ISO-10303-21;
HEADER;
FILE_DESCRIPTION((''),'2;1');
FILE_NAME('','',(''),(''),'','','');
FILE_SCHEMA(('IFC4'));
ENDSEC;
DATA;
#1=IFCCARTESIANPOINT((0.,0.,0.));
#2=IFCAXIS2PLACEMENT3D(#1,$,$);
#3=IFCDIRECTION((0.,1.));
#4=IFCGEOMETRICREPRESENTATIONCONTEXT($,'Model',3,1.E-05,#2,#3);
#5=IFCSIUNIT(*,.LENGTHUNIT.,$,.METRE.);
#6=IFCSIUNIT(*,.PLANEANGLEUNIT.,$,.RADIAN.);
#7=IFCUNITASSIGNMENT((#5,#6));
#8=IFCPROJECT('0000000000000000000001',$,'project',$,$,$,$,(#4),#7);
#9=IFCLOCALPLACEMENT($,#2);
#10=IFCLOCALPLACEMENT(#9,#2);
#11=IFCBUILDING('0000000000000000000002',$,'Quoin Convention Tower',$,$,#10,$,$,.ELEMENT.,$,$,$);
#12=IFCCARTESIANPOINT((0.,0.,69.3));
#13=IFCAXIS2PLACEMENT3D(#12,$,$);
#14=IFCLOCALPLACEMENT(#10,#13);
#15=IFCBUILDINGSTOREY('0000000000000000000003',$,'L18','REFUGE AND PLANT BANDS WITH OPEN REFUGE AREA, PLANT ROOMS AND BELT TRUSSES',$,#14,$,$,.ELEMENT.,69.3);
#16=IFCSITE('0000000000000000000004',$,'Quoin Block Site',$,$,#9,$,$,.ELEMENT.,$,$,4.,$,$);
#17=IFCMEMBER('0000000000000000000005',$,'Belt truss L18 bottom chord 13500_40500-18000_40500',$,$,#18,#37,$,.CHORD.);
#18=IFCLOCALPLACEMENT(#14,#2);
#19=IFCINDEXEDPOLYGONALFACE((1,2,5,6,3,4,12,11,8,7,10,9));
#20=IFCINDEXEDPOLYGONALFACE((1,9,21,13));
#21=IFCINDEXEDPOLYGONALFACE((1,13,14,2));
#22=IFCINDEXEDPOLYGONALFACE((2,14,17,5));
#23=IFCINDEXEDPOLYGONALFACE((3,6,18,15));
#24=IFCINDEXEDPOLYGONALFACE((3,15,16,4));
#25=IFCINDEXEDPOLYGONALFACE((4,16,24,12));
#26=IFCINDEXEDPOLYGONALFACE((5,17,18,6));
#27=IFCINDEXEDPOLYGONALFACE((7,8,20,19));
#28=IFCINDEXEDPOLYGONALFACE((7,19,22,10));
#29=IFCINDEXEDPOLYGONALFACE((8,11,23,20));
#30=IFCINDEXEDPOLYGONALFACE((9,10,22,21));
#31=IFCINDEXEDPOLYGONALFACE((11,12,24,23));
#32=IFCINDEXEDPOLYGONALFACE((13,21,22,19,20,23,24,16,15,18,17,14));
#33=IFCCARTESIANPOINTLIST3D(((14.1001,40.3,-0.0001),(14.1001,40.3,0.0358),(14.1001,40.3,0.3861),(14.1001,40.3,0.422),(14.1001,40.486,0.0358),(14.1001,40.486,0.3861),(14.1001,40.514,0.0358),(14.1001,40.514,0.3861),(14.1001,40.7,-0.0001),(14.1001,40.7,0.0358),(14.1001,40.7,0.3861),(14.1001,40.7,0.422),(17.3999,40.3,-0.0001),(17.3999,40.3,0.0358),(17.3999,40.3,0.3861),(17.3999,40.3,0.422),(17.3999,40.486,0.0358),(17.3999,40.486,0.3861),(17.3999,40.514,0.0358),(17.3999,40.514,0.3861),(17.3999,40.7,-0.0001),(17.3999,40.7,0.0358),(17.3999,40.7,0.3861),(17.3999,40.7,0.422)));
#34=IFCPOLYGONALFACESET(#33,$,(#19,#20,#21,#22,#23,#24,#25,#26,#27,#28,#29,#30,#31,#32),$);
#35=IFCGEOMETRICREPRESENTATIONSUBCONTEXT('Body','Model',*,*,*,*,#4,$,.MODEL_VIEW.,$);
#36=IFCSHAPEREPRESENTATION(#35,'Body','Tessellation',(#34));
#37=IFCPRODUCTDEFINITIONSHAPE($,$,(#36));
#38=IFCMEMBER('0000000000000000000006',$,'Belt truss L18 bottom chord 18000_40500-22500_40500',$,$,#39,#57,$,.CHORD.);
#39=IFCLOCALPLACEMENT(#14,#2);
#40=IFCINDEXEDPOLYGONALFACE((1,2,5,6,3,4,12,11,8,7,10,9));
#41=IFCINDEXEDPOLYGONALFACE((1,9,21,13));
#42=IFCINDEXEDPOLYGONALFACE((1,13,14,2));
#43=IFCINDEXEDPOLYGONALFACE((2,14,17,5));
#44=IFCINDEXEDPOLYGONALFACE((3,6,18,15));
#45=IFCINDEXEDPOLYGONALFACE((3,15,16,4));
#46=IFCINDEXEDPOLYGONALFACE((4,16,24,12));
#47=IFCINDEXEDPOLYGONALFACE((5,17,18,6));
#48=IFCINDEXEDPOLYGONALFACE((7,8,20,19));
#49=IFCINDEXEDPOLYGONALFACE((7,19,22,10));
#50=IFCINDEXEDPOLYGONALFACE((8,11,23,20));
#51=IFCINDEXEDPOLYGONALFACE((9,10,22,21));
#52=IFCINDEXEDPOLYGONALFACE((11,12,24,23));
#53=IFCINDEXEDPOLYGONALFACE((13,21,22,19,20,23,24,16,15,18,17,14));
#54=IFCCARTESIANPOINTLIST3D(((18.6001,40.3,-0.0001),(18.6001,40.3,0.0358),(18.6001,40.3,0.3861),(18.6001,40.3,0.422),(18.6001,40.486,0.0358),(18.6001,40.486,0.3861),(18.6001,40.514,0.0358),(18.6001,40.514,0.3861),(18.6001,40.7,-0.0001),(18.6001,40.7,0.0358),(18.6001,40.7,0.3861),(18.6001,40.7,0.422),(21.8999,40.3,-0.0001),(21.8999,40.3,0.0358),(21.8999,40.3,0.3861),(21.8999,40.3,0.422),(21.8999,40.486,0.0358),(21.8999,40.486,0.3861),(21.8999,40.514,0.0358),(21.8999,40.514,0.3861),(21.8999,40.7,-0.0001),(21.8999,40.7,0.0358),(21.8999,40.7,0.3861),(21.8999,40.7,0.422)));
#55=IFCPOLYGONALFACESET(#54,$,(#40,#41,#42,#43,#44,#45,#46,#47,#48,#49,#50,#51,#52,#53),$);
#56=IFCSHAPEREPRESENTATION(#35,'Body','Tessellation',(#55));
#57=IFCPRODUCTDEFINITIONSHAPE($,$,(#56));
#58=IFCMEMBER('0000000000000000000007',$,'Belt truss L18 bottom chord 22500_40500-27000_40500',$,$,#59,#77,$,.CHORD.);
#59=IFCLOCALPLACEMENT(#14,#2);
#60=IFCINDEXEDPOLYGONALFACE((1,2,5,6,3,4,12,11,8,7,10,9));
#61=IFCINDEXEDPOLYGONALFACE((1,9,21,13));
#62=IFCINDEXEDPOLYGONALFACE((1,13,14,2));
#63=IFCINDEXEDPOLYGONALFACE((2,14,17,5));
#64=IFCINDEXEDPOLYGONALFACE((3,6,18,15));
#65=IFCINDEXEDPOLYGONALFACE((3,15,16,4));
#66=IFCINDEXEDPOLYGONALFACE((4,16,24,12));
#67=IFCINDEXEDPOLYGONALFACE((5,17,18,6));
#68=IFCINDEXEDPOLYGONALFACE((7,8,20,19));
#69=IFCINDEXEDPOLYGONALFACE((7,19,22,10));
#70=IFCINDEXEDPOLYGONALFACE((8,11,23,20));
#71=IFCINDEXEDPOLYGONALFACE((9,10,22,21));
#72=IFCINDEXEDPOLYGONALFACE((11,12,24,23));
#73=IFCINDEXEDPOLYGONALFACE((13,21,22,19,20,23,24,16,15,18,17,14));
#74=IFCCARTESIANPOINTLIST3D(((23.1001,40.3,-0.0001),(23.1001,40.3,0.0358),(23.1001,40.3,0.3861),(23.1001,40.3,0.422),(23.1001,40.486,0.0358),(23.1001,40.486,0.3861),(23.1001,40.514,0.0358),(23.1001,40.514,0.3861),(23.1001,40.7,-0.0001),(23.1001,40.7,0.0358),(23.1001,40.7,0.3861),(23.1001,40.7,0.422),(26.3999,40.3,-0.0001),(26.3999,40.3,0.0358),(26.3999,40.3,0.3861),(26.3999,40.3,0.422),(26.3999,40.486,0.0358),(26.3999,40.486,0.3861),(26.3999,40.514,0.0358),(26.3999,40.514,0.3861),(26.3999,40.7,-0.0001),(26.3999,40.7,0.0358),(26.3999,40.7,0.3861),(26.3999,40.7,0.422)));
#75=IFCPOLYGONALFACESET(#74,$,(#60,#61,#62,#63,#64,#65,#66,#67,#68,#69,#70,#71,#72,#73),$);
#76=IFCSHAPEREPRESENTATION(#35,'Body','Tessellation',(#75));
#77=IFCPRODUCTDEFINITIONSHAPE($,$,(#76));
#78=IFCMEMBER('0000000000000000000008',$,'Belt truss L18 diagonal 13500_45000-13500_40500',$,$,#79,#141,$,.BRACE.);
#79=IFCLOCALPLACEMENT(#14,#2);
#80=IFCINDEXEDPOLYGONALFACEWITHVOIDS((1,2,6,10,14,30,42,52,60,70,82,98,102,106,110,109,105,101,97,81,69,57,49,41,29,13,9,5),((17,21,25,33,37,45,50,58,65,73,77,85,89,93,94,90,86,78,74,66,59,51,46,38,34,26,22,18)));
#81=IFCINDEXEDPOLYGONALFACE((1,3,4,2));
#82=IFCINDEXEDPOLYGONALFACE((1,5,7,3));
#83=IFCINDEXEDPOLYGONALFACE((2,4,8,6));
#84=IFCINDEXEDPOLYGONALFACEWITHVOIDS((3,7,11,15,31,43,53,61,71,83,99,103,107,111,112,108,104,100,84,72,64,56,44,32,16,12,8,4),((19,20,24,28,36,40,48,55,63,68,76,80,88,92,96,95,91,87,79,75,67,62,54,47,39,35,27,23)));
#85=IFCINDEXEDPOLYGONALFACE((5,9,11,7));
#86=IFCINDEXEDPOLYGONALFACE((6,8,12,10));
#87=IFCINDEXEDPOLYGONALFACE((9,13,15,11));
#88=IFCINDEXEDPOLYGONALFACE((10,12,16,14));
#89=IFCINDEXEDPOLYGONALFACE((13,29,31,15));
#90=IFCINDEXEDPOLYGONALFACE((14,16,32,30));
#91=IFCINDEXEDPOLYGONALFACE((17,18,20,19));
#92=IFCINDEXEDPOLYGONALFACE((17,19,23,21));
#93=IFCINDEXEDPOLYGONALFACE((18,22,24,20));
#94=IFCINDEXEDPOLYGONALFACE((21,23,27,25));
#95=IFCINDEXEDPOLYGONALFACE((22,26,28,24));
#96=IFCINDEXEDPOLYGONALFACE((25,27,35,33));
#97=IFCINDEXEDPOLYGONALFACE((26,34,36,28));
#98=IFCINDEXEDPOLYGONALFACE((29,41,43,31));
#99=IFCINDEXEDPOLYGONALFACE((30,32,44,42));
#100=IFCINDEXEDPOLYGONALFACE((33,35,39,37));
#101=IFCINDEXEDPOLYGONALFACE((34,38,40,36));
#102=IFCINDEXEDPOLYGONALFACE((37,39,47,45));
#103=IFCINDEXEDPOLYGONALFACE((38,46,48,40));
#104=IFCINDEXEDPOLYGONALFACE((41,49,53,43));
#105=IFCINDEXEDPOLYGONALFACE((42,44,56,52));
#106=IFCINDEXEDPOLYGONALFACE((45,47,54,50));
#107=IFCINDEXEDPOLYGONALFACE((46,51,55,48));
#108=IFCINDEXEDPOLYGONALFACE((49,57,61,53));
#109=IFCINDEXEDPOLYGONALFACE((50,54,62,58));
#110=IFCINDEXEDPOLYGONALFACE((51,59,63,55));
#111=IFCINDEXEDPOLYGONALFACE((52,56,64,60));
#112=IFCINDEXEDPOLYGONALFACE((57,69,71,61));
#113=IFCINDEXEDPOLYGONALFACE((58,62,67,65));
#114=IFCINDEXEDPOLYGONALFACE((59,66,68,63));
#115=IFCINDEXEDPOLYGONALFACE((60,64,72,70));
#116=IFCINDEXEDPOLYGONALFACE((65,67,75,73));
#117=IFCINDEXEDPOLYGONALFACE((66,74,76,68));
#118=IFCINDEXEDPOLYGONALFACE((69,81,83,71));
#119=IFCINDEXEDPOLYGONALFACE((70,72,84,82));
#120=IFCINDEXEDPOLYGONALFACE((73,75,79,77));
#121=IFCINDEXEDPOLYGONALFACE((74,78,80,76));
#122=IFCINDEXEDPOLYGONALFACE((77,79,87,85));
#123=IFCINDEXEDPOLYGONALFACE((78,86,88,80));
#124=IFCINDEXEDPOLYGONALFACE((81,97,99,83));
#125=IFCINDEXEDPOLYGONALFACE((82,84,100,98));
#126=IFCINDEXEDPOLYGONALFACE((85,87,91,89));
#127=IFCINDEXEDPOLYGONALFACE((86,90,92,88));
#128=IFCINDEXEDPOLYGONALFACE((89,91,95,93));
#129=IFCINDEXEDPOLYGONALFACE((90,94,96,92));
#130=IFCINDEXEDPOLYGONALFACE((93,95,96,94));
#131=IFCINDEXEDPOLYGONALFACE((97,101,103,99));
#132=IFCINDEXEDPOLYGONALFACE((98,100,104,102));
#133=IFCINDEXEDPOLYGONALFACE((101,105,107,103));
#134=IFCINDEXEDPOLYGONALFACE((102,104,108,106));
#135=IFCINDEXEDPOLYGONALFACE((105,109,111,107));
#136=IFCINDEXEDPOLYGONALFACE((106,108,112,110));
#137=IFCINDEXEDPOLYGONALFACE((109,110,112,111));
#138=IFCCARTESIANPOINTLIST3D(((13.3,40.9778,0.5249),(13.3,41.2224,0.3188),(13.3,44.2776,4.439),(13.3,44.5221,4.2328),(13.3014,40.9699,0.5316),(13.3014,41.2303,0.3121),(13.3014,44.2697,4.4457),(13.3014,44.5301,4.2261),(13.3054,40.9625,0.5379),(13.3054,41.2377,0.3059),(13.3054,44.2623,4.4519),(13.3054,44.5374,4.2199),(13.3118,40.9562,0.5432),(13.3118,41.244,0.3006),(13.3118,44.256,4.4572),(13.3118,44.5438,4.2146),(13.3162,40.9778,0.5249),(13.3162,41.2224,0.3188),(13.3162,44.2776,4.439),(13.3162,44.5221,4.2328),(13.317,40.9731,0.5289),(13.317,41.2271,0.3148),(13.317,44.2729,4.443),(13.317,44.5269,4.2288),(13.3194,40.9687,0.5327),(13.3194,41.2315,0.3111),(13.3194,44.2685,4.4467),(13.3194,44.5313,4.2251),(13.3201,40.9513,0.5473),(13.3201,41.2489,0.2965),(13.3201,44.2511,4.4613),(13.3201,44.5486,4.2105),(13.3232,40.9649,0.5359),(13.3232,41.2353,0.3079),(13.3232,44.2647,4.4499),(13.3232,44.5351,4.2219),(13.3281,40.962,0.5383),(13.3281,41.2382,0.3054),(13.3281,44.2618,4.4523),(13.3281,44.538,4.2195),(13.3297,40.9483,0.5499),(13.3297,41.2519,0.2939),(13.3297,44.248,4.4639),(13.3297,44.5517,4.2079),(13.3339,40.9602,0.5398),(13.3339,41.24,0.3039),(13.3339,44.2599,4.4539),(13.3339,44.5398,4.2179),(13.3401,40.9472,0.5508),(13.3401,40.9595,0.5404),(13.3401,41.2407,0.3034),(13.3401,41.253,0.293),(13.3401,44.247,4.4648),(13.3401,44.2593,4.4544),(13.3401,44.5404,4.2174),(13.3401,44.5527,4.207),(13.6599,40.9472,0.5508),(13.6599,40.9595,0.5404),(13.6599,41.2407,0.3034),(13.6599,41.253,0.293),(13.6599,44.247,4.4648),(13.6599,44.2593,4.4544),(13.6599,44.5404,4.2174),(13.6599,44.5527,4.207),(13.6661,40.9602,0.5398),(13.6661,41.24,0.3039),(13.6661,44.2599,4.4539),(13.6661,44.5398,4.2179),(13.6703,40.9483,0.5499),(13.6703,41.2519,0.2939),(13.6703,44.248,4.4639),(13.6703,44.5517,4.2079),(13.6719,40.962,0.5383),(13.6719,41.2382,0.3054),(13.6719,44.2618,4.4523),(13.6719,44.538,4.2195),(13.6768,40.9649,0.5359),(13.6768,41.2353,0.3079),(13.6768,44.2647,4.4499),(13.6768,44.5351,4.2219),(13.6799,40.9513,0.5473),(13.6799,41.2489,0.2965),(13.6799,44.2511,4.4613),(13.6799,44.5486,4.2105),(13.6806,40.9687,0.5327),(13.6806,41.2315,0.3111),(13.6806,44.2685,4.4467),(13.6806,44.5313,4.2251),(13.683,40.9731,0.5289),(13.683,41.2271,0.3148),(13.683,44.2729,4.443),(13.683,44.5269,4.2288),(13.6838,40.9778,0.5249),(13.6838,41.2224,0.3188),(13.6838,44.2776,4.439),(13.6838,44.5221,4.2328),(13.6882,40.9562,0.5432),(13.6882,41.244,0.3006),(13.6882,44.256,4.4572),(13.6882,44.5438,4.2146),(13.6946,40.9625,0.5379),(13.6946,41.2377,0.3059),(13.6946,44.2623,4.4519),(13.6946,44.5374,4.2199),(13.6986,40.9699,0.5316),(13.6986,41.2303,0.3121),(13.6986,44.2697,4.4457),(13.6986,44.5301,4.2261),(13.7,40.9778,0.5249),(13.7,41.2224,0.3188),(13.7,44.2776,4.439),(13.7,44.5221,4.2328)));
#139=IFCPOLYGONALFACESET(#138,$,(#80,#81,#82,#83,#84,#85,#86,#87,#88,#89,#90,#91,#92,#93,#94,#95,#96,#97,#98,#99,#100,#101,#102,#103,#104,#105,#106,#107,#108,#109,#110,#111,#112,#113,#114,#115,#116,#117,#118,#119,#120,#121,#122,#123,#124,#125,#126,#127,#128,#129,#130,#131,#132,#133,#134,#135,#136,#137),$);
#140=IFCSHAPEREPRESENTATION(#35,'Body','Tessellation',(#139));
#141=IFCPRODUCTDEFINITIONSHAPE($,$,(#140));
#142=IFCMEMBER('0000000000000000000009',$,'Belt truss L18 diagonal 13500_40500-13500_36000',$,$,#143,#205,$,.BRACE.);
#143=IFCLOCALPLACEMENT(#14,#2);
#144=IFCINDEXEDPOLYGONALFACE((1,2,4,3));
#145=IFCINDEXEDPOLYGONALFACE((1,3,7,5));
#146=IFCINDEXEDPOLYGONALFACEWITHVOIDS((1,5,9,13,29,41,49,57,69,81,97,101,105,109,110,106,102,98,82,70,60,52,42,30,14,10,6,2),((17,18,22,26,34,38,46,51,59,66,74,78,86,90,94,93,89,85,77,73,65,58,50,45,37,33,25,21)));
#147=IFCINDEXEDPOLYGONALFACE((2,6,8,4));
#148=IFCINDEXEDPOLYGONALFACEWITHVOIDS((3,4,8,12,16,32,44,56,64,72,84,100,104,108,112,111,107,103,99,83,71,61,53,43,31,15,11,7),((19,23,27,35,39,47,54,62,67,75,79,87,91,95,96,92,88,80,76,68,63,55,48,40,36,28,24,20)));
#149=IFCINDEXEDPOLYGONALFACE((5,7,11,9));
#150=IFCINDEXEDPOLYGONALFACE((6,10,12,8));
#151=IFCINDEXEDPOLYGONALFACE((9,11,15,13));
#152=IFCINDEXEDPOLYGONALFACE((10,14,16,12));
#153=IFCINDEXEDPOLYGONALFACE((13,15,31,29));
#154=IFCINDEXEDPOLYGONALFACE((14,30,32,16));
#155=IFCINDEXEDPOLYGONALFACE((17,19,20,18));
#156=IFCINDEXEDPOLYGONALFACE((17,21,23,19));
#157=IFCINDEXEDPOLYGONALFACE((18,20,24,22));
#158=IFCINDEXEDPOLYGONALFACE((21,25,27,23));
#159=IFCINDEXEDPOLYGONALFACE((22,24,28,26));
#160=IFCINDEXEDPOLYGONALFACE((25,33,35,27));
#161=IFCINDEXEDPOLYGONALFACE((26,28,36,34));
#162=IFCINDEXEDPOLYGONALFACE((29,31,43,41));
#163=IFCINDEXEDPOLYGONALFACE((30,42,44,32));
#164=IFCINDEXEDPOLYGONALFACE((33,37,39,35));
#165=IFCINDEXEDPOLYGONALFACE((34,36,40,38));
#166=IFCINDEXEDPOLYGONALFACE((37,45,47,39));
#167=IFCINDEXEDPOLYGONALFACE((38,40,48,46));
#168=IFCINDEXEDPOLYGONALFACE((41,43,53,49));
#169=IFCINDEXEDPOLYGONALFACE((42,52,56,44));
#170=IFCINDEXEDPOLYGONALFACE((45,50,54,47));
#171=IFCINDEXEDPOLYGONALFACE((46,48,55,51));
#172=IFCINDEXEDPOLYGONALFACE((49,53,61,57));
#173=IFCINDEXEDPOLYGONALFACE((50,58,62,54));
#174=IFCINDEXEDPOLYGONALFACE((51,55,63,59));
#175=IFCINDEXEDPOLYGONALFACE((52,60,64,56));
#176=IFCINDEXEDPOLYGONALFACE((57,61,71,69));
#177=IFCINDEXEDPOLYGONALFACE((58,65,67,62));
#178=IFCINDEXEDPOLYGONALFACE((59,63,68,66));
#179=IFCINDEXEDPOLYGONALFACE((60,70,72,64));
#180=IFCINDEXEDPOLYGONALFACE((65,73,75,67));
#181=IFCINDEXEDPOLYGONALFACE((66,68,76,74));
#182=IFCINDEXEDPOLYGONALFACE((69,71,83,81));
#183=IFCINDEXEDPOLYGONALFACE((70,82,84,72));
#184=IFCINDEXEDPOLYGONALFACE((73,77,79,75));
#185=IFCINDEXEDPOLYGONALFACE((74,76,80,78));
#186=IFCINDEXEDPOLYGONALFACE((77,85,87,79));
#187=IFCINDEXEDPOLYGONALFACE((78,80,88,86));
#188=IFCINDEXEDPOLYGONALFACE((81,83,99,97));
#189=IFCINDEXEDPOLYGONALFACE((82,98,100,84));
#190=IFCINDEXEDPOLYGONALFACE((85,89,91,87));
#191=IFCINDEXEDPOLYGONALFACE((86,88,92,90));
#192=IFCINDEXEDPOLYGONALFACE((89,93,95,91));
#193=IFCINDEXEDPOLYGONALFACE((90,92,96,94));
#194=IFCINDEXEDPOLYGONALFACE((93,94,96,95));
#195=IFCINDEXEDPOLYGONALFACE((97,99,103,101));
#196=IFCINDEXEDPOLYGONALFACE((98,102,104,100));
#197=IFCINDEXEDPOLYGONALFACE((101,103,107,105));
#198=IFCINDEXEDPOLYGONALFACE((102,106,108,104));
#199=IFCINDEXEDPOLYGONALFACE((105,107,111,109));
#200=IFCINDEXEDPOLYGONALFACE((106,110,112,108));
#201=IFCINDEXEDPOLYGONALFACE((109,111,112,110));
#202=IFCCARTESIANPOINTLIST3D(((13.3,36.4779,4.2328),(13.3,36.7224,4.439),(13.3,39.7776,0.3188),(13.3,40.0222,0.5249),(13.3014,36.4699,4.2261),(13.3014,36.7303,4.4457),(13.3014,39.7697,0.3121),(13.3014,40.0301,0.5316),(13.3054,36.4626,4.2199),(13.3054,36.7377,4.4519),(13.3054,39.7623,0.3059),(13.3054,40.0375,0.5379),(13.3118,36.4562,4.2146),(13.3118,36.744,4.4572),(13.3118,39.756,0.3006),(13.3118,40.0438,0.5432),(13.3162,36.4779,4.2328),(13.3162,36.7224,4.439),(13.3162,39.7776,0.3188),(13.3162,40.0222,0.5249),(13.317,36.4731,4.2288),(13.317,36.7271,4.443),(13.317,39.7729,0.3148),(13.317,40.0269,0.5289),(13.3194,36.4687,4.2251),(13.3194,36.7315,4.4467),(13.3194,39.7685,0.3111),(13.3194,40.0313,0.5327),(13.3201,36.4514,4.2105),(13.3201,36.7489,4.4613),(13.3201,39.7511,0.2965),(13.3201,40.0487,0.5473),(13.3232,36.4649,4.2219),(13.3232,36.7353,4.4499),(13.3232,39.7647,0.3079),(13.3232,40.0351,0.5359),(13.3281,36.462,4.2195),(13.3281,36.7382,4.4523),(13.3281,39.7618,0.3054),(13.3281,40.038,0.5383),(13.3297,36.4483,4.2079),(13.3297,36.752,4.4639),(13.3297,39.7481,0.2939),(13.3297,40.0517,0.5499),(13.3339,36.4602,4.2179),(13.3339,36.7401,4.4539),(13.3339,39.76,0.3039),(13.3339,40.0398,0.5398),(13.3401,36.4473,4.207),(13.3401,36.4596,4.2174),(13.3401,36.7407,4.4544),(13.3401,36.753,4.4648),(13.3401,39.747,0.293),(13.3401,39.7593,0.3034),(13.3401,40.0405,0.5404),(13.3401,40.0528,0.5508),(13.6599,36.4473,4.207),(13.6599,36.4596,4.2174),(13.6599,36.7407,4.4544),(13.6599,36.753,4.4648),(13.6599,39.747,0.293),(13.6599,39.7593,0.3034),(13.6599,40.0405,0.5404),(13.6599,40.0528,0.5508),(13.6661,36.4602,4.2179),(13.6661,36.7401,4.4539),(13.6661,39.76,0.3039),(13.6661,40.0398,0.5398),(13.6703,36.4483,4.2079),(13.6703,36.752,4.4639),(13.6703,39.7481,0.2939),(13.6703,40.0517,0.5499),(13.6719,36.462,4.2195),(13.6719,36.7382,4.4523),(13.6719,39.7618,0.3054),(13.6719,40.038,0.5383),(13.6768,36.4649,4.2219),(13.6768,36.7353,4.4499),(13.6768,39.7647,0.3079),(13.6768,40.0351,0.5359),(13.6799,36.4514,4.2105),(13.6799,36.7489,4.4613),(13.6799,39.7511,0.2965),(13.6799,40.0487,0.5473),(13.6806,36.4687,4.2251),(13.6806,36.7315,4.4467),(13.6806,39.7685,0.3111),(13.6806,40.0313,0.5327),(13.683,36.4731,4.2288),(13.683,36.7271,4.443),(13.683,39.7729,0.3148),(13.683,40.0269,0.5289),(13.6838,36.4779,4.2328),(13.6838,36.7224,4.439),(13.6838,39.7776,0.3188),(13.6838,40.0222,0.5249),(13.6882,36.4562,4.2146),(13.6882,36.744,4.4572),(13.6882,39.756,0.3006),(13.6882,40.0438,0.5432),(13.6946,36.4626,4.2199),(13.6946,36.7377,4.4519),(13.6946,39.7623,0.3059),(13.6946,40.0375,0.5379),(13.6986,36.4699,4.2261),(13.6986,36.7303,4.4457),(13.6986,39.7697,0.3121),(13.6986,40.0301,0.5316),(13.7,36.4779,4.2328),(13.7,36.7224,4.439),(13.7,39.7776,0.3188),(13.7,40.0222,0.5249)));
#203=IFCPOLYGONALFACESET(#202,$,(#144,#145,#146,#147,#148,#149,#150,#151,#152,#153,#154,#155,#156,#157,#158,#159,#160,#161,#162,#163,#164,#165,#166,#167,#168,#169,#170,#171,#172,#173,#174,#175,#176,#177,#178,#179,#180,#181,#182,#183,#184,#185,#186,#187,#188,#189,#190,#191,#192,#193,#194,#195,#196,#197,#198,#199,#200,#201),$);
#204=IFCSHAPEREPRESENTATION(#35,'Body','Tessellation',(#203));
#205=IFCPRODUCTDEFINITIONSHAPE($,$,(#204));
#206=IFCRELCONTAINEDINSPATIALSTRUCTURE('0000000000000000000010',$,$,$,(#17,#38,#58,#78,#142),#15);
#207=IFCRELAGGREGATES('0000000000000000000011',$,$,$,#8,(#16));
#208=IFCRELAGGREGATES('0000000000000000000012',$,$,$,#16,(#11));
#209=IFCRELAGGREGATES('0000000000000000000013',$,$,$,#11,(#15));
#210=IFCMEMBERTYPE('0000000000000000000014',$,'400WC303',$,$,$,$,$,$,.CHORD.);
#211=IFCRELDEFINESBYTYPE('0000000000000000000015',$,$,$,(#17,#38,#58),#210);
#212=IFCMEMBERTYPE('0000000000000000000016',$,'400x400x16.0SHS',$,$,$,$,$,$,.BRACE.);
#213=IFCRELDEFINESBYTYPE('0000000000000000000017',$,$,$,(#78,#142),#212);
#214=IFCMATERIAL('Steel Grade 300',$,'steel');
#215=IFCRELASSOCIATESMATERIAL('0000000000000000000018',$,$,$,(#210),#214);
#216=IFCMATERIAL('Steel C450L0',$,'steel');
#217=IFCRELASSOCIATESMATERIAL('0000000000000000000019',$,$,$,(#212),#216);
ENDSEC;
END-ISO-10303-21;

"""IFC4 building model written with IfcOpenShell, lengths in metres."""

from ifc_helpers import new_model, si_unit, direction, frame, origin, origin_2d, place, context, subcontext, project, spatial, hollow_rectangle, i_section, extrude, material, material_profile, profile_set, type_object, element, save


model = new_model("IFC4")

# Units and contexts
model_context = context("Model", 3, precision=1e-05, world=origin(), true_north=direction((0.0, 1.0)))
body_context = subcontext(model_context, "Body", "Model", "MODEL_VIEW")
ifc_project = project(units=[si_unit("LENGTHUNIT", "METRE"), si_unit("PLANEANGLEUNIT", "RADIAN")], contexts=[model_context])

# Site, building, storey
site_placement = place(None, origin())
site = spatial("IfcSite", under=ifc_project, at=site_placement, Name="Quoin Block Site", CompositionType="ELEMENT", RefElevation=4.0)
building_placement = place(site_placement, origin())
building = spatial("IfcBuilding", under=site, at=building_placement, Name="Quoin Convention Tower", CompositionType="ELEMENT")
storey_placement = place(building_placement, frame((0.0, 0.0, 69.3)))
storey = spatial("IfcBuildingStorey", under=building, at=storey_placement, Name="L18", Description="REFUGE AND PLANT BANDS WITH OPEN REFUGE AREA, PLANT ROOMS AND BELT TRUSSES", CompositionType="ELEMENT", Elevation=69.3)

# Shared definitions
ifc_material_1 = material(Name="Steel Grade 300", Category="steel")

# Members
ifc_material_profile_1 = material_profile(ifc_material_1, i_section(OverallWidth=0.3999, OverallDepth=0.4221, WebThickness=0.0281, FlangeThickness=0.0359, at=origin_2d()), Name="400WC303")
ifc_profile_set_1 = profile_set([ifc_material_profile_1], Name="Steel Grade 300")
member_type_1 = type_object("IfcMemberType", Name="400WC303", PredefinedType="CHORD", material=ifc_profile_set_1)
for number, where, z_axis, x_axis, name in (
    (1, (14.1001, 40.5, 0.2109), (1.0, 0.0, 0.0), (0.0, 1.0, 0.0), "Belt truss L18 bottom chord 13500_40500-18000_40500"),
    (2, (18.6001, 40.5, 0.2109), (1.0, 0.0, 0.0), (0.0, 1.0, 0.0), "Belt truss L18 bottom chord 18000_40500-22500_40500"),
    (3, (23.1001, 40.5, 0.2109), (1.0, 0.0, 0.0), (0.0, 1.0, 0.0), "Belt truss L18 bottom chord 22500_40500-27000_40500"),
):
    element("IfcMember", number, at=place(storey_placement, frame(where, z_axis=z_axis, x_axis=x_axis)), inside=storey, type_object=member_type_1, Name=name, PredefinedType="CHORD", context=body_context, shape_type="SweptSolid", body=[
        extrude(i_section(OverallWidth=0.3999, OverallDepth=0.4221, WebThickness=0.0281, FlangeThickness=0.0359, at=origin_2d()), origin(), (0.0, 0.0, 1.0), 3.2998),
    ])
ifc_material_2 = material(Name="Steel C450L0", Category="steel")
ifc_material_profile_2 = material_profile(ifc_material_2, hollow_rectangle(XDim=0.3999, YDim=0.3999, WallThickness=0.0161, InnerFilletRadius=0.0239, OuterFilletRadius=0.04, at=origin_2d()), Name="400x400x16.0SHS")
ifc_profile_set_2 = profile_set([ifc_material_profile_2], Name="Steel C450L0")
member_type_2 = type_object("IfcMemberType", Name="400x400x16.0SHS", PredefinedType="BRACE", material=ifc_profile_set_2)
for number, where, z_axis, x_axis, name in (
    (4, (13.5, 41.1001, 0.4219), (0.0, 0.644564, 0.76455), (-1.0, 0.0, 0.0), "Belt truss L18 diagonal 13500_45000-13500_40500"),
    (5, (13.5, 39.8999, 0.4219), (0.0, -0.644564, 0.76455), (1.0, 0.0, 0.0), "Belt truss L18 diagonal 13500_40500-13500_36000"),
):
    element("IfcMember", number, at=place(storey_placement, frame(where, z_axis=z_axis, x_axis=x_axis)), inside=storey, type_object=member_type_2, Name=name, PredefinedType="BRACE", context=body_context, shape_type="SweptSolid", body=[
        extrude(hollow_rectangle(XDim=0.3999, YDim=0.3999, WallThickness=0.0161, InnerFilletRadius=0.0239, OuterFilletRadius=0.04, at=origin_2d()), origin(), (0.0, 0.0, 1.0), 5.1194),
    ])

save(model, "model.ifc")
